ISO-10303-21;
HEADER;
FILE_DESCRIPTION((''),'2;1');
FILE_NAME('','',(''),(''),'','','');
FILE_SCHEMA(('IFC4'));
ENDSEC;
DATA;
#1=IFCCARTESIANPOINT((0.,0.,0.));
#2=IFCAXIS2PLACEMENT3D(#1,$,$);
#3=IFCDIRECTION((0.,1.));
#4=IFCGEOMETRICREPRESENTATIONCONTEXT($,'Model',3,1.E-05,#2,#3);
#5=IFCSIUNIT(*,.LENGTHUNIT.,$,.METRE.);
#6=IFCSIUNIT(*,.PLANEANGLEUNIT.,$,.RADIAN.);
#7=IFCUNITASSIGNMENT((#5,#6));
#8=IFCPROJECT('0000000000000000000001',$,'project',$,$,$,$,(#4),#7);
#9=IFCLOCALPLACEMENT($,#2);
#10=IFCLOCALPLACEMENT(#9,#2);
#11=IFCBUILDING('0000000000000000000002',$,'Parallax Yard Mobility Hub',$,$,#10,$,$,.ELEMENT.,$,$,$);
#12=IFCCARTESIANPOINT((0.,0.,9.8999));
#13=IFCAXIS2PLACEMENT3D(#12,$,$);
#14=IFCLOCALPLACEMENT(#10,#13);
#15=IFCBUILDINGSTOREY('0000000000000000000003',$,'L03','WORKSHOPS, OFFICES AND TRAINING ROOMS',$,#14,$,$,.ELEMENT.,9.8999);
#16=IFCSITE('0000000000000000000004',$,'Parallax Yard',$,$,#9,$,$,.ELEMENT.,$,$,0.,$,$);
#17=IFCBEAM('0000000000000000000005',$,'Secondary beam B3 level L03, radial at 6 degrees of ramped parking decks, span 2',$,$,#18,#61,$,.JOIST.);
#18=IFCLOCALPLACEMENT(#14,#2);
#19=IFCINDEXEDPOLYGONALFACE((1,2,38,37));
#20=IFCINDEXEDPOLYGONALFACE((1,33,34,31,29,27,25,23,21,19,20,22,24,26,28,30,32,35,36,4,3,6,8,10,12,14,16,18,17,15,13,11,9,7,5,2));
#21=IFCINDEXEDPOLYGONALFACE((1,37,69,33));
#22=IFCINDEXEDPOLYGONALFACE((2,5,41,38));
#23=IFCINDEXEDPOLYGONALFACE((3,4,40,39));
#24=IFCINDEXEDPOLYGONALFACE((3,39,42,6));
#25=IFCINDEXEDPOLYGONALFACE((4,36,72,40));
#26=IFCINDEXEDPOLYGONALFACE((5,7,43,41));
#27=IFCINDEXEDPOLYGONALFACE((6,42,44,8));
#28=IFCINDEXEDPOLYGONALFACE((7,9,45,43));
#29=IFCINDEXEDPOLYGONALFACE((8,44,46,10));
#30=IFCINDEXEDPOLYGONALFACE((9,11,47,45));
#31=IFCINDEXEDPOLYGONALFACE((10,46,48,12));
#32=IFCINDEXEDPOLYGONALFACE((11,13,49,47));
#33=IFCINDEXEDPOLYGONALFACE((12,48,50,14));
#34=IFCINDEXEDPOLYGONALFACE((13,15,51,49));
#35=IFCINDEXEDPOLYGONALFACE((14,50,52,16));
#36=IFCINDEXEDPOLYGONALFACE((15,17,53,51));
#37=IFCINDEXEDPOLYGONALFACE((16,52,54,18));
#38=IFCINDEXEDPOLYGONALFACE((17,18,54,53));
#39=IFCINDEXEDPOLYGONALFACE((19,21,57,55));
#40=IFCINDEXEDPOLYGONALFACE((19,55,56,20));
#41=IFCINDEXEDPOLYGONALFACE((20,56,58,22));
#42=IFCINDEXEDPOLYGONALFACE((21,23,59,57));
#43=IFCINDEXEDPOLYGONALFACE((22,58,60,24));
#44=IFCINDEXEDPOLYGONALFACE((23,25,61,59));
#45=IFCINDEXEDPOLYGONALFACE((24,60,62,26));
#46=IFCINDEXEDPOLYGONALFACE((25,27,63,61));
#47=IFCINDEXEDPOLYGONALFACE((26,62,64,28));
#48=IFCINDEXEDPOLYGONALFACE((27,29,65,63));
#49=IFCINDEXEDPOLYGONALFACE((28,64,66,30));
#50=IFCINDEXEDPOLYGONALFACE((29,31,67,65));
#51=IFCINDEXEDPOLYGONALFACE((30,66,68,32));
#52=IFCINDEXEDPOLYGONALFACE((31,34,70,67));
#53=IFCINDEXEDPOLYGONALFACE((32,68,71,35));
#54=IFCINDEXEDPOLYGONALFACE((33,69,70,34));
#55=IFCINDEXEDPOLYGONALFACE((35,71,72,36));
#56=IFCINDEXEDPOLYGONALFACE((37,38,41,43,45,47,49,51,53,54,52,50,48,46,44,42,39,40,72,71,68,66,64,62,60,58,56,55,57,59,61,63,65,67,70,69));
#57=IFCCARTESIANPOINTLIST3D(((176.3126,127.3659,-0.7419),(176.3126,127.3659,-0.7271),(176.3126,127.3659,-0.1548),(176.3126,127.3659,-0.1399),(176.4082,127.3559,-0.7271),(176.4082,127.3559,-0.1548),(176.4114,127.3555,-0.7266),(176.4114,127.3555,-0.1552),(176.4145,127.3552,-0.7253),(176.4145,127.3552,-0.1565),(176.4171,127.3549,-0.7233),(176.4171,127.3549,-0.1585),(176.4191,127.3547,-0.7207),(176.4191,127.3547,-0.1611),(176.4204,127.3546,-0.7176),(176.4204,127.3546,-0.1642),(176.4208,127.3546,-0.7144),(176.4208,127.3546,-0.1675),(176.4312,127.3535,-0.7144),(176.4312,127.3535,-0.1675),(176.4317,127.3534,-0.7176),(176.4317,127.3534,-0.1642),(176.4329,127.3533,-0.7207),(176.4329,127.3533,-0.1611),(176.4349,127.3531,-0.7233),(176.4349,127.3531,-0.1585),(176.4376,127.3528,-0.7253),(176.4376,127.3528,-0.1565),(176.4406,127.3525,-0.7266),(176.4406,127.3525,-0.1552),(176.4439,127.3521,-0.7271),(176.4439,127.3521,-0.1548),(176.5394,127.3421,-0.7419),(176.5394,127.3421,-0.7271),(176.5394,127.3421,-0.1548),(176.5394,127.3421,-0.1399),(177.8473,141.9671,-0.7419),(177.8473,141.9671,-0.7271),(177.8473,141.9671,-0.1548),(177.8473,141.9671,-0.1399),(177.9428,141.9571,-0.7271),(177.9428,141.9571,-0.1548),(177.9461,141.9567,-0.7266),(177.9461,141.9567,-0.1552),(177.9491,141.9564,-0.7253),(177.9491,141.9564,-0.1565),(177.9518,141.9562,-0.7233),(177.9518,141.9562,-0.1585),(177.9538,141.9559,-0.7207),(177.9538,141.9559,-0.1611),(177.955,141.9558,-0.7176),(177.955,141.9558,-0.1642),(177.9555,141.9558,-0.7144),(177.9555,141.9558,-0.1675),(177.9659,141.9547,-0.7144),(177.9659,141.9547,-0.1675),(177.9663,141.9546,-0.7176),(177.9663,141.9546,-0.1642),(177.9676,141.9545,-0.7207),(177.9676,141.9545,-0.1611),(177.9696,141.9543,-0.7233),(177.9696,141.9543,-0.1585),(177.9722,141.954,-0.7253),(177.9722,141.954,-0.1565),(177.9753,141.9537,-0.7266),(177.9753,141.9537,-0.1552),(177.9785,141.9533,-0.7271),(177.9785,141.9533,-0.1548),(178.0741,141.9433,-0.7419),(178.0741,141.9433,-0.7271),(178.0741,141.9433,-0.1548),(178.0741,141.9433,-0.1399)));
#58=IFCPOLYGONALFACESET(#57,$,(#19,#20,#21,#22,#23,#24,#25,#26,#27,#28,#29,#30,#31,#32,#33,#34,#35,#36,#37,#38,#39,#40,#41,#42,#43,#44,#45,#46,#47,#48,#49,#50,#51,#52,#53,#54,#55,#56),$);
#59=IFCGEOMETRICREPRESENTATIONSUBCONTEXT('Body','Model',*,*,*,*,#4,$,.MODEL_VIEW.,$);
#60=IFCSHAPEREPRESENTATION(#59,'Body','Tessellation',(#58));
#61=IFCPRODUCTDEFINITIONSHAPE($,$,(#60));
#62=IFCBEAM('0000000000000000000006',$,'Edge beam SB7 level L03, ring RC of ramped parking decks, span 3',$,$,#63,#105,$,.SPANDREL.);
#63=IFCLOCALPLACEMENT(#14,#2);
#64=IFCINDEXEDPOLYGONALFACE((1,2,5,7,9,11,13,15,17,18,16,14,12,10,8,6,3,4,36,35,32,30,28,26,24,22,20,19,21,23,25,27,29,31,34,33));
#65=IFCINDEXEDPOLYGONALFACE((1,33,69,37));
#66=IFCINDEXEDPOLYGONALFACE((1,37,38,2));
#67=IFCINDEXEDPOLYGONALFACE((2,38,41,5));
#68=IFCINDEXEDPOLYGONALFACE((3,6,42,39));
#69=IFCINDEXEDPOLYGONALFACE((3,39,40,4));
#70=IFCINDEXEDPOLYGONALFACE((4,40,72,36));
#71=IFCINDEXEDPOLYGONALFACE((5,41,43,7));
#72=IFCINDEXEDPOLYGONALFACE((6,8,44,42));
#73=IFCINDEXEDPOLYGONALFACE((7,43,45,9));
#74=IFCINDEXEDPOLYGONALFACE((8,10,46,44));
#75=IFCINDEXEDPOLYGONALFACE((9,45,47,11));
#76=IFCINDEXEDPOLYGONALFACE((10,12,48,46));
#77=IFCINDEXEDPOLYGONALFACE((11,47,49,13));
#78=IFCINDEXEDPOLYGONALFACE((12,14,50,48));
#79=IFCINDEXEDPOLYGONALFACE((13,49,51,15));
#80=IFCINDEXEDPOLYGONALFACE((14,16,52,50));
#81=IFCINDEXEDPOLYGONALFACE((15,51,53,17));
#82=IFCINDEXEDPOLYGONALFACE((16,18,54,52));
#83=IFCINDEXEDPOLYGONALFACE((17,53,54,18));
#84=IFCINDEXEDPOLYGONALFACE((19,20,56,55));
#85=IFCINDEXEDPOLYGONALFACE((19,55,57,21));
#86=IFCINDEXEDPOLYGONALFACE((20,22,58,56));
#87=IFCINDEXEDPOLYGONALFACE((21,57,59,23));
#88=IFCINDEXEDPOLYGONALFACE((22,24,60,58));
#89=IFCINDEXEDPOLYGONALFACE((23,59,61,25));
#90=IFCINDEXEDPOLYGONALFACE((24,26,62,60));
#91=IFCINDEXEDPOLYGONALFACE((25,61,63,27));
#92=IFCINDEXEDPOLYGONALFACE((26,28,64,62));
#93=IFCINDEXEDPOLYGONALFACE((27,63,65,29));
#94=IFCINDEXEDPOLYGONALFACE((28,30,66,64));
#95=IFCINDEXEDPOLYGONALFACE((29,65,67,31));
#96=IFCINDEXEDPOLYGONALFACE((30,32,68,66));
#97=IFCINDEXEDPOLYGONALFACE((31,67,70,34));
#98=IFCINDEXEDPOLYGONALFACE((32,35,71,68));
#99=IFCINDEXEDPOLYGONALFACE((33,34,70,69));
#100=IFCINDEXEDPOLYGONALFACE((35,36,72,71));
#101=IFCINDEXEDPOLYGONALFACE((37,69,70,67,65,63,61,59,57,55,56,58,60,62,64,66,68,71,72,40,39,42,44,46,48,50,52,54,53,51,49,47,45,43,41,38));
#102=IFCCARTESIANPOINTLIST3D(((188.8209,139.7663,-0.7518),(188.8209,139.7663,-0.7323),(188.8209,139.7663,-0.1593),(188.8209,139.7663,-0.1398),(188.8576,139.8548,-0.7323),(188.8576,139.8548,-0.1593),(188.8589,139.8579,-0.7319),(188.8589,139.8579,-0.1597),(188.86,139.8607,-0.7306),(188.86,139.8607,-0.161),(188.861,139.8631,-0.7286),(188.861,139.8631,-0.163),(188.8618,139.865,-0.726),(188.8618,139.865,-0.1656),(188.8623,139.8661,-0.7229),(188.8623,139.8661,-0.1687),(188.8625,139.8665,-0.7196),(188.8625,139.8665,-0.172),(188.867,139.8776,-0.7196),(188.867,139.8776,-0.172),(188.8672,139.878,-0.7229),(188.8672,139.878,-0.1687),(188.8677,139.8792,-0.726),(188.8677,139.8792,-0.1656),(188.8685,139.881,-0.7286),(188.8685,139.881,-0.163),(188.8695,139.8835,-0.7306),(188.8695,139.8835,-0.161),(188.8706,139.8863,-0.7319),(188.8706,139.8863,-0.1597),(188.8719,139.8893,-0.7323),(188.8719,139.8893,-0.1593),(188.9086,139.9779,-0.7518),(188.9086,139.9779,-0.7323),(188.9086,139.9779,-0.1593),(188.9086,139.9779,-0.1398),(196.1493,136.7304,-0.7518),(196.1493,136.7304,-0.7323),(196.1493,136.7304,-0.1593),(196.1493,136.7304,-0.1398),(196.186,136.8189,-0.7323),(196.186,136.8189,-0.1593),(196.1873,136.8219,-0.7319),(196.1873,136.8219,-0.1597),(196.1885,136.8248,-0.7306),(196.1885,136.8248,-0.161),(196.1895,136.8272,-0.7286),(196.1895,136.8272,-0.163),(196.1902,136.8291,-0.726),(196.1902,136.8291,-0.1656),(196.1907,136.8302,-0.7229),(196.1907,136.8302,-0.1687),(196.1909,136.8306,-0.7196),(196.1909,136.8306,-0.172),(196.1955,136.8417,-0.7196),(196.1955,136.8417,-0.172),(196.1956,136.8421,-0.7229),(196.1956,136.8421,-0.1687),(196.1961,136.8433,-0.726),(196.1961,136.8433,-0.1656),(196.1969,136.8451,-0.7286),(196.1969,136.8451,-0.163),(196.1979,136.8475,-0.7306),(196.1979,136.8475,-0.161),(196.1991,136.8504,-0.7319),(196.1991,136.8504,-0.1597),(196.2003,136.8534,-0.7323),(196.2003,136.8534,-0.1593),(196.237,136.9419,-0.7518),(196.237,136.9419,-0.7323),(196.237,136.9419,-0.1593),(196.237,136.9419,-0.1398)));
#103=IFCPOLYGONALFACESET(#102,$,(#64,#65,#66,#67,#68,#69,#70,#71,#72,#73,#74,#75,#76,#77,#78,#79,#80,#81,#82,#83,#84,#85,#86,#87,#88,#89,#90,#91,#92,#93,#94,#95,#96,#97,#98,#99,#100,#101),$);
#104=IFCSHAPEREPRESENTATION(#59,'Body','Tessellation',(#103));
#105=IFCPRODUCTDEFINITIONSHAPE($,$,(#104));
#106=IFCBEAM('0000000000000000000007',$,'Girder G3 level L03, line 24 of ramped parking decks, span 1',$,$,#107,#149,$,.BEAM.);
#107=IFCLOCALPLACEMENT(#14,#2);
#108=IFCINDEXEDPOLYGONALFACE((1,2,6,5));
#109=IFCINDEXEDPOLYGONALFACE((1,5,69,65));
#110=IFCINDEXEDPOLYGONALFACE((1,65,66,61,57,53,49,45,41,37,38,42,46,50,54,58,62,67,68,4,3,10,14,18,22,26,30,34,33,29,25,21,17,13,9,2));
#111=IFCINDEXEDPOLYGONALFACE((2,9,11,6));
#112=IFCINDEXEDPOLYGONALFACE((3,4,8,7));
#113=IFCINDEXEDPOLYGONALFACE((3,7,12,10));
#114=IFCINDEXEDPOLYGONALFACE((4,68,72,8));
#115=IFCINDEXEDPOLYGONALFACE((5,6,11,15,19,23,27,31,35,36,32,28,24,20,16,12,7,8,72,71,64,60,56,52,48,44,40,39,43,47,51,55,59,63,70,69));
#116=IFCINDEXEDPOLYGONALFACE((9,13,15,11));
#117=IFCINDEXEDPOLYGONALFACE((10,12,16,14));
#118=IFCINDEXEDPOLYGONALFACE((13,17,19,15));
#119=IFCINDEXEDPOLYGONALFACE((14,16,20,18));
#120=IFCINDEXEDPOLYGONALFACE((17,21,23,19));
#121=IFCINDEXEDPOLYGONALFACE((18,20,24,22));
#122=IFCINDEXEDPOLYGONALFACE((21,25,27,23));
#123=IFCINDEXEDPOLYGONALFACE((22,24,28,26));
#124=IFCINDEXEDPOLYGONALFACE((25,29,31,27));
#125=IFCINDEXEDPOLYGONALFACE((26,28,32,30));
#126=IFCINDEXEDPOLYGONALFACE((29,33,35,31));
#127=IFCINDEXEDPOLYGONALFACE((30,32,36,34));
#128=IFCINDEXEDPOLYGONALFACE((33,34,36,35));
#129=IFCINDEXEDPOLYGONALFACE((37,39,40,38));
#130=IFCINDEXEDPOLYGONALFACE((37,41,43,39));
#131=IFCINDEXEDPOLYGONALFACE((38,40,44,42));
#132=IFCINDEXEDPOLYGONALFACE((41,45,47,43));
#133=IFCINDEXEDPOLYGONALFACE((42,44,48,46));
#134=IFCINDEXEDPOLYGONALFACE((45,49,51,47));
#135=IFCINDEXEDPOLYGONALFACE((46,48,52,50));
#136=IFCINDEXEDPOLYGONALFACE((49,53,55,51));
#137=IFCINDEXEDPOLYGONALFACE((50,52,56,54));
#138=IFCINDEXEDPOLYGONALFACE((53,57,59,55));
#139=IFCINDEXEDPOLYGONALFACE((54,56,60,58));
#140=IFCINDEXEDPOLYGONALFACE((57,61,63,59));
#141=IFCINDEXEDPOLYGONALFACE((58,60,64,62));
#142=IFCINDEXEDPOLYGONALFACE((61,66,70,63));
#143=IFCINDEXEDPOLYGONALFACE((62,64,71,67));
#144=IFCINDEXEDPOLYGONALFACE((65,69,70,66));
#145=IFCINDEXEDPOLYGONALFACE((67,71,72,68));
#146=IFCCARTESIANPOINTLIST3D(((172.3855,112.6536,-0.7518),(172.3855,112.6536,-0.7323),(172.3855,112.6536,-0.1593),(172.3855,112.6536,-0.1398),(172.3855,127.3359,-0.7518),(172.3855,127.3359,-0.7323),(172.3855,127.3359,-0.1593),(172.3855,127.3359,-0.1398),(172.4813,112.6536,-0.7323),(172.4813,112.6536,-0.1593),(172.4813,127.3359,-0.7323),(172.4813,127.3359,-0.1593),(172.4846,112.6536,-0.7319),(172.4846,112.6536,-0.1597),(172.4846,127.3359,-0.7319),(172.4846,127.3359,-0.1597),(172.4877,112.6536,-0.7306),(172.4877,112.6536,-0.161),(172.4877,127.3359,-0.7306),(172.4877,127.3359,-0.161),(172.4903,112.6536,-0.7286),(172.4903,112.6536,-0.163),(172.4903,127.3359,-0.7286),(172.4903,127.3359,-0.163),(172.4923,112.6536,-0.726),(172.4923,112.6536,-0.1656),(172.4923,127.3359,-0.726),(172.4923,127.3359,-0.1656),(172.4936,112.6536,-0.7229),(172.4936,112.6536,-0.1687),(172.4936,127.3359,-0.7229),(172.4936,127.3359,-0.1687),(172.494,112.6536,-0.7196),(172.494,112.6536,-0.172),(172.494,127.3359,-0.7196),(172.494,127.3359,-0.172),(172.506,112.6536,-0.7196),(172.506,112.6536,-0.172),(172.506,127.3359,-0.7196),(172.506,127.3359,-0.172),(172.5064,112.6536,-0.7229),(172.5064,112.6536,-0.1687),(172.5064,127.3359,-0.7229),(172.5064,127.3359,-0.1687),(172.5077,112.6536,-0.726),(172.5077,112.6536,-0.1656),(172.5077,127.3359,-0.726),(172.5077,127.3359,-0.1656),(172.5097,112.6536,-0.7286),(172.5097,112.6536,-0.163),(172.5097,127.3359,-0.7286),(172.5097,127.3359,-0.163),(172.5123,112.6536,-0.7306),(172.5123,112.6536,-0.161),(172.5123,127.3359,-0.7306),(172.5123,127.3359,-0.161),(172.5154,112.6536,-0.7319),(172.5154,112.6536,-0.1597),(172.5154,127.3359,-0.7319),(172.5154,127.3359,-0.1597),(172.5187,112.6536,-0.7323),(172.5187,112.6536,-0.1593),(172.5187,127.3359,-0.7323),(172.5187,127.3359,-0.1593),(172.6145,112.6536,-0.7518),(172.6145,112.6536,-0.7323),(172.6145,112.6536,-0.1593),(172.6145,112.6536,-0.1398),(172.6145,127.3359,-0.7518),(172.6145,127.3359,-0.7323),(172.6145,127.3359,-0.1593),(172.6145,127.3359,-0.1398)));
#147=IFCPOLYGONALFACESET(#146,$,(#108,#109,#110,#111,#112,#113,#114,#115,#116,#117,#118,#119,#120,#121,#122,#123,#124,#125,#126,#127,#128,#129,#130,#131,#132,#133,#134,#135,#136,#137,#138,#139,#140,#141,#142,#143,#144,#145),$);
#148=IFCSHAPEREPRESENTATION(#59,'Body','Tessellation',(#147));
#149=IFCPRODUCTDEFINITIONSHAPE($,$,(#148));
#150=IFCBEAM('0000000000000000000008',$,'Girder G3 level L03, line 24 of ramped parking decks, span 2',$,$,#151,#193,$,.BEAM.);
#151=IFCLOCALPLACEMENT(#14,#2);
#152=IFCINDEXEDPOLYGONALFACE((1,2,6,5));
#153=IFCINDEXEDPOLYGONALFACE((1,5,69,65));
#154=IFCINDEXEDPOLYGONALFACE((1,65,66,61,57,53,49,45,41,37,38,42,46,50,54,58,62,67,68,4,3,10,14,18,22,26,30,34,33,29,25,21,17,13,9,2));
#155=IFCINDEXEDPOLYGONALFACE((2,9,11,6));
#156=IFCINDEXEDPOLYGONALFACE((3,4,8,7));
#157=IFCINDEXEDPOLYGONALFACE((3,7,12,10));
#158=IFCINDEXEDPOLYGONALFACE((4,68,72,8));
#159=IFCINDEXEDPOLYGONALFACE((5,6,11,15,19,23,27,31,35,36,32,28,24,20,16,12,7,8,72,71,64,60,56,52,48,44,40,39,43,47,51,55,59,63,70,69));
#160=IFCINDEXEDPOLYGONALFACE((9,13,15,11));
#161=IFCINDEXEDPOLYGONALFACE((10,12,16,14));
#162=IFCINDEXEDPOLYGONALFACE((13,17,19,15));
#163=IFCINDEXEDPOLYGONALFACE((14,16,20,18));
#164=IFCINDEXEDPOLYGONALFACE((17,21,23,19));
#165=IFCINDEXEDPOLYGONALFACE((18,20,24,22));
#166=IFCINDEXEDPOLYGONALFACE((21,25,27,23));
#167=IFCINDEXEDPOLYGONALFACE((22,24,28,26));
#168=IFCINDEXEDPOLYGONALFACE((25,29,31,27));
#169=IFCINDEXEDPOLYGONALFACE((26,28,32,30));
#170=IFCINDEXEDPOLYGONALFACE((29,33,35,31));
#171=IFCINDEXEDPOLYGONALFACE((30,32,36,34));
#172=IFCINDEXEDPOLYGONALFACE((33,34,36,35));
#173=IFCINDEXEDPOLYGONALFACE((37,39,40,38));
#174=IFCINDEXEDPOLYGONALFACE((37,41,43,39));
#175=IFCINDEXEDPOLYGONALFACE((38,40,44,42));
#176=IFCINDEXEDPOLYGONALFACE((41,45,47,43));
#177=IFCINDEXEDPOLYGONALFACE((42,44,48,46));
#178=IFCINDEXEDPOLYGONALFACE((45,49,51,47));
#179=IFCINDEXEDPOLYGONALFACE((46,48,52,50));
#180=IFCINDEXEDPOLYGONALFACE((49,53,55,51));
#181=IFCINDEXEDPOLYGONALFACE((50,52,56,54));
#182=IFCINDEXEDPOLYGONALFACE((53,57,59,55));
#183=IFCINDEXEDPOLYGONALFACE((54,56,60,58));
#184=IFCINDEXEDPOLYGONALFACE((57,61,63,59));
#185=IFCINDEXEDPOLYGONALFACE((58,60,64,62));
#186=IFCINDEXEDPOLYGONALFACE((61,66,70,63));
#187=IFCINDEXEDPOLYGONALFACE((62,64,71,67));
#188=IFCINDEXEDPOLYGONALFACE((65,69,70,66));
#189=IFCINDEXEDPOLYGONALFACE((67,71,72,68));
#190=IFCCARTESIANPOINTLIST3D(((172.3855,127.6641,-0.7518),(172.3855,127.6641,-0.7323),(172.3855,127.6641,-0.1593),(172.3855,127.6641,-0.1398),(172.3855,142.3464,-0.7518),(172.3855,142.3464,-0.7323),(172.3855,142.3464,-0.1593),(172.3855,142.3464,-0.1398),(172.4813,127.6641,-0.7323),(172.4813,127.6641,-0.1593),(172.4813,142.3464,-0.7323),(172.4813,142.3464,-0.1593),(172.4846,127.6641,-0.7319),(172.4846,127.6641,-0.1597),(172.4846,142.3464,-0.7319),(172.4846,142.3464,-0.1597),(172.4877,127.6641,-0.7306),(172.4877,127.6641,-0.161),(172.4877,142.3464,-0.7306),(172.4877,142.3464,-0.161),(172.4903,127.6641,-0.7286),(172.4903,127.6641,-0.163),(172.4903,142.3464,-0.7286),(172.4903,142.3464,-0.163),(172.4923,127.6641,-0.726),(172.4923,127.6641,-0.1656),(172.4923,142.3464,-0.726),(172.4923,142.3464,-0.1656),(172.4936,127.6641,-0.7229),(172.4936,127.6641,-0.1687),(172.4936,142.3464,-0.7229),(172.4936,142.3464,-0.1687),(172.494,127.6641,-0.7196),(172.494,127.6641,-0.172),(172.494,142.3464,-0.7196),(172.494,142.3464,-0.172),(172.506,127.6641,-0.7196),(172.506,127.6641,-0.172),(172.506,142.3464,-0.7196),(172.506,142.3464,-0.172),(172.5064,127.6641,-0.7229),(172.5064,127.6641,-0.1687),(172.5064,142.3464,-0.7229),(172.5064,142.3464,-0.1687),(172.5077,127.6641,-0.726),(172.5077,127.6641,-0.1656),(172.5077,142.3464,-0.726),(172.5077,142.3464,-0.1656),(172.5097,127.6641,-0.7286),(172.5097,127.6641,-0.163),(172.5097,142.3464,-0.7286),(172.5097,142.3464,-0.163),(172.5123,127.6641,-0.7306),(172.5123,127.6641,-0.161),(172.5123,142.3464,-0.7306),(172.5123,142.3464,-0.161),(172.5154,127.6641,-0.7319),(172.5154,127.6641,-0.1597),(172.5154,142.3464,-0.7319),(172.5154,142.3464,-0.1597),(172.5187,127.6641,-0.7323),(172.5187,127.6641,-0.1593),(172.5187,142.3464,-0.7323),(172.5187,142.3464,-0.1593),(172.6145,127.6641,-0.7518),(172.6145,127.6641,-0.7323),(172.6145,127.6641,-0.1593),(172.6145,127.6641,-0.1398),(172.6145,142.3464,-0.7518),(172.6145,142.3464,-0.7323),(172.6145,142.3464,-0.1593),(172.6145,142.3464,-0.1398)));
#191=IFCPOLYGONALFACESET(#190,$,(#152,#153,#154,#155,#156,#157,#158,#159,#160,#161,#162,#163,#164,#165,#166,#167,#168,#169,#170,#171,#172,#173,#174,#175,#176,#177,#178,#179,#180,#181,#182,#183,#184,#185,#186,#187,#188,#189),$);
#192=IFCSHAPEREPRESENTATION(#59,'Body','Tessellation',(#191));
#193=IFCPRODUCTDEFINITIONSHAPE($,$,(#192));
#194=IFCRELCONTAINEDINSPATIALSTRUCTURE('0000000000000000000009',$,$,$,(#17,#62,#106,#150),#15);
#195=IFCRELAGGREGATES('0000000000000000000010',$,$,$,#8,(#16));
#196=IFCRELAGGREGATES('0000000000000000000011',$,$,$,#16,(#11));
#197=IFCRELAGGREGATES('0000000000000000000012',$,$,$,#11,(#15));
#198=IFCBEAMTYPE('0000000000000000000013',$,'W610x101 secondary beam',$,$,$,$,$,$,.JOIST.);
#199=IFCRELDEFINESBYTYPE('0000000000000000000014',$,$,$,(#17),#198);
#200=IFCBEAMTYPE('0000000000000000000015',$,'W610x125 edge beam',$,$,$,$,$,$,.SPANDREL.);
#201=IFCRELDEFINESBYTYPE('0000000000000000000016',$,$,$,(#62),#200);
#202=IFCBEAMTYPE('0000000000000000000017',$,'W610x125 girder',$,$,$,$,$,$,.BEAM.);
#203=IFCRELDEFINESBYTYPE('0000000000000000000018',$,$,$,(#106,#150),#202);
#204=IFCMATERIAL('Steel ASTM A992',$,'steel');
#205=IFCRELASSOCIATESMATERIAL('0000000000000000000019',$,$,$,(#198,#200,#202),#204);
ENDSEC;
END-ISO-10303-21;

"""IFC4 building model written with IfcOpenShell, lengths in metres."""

from ifc_helpers import new_model, si_unit, direction, frame, origin, origin_2d, place, context, subcontext, project, spatial, i_section, extrude, material, material_profile, profile_set, type_object, element, save


model = new_model("IFC4")

# Units and contexts
model_context = context("Model", 3, precision=1e-05, world=origin(), true_north=direction((0.0, 1.0)))
body_context = subcontext(model_context, "Body", "Model", "MODEL_VIEW")
ifc_project = project(units=[si_unit("LENGTHUNIT", "METRE"), si_unit("PLANEANGLEUNIT", "RADIAN")], contexts=[model_context])

# Site, building, storey
site_placement = place(None, origin())
site = spatial("IfcSite", under=ifc_project, at=site_placement, Name="Parallax Yard", CompositionType="ELEMENT", RefElevation=0.0)
building_placement = place(site_placement, origin())
building = spatial("IfcBuilding", under=site, at=building_placement, Name="Parallax Yard Mobility Hub", CompositionType="ELEMENT")
storey_placement = place(building_placement, frame((0.0, 0.0, 9.8999)))
storey = spatial("IfcBuildingStorey", under=building, at=storey_placement, Name="L03", Description="WORKSHOPS, OFFICES AND TRAINING ROOMS", CompositionType="ELEMENT", Elevation=9.8999)

# Shared definitions
ifc_material_1 = material(Name="Steel ASTM A992", Category="steel")

# Beams
ifc_material_profile_1 = material_profile(ifc_material_1, i_section(OverallWidth=0.228, OverallDepth=0.6021, WebThickness=0.0105, FlangeThickness=0.0149, FilletRadius=0.0127, at=origin_2d()), Name="W610x101")
ifc_profile_set_1 = profile_set([ifc_material_profile_1], Name="Steel ASTM A992")
beam_type_1 = type_object("IfcBeamType", Name="W610x101 secondary beam", PredefinedType="JOIST", material=ifc_profile_set_1)
for number, where, z_axis, x_axis, name in (
    (1, (176.426, 127.354, -0.4409), (0.104529, 0.994522, 0.0), (-0.994522, 0.104529, 0.0), "Secondary beam B3 level L03, radial at 6 degrees of ramped parking decks, span 2"),
):
    element("IfcBeam", number, at=place(storey_placement, frame(where, z_axis=z_axis, x_axis=x_axis)), inside=storey, type_object=beam_type_1, Name=name, PredefinedType="JOIST", context=body_context, shape_type="SweptSolid", body=[
        extrude(i_section(OverallWidth=0.228, OverallDepth=0.6021, WebThickness=0.0105, FlangeThickness=0.0149, FilletRadius=0.0127, at=origin_2d()), origin(), (0.0, 0.0, 1.0), 14.6816),
    ])
ifc_material_profile_2 = material_profile(ifc_material_1, i_section(OverallWidth=0.229, OverallDepth=0.6121, WebThickness=0.012, FlangeThickness=0.0195, FilletRadius=0.0127, at=origin_2d()), Name="W610x125")
ifc_profile_set_2 = profile_set([ifc_material_profile_2], Name="Steel ASTM A992")
beam_type_2 = type_object("IfcBeamType", Name="W610x125 edge beam", PredefinedType="SPANDREL", material=ifc_profile_set_2)
beam_1_placement = place(storey_placement, frame((188.8647, 139.8721, -0.4458), z_axis=(0.923863, -0.382724, 0.0), x_axis=(0.382724, 0.923863, 0.0)))
element("IfcBeam", 2, at=beam_1_placement, inside=storey, type_object=beam_type_2, Name="Edge beam SB7 level L03, ring RC of ramped parking decks, span 3", PredefinedType="SPANDREL", context=body_context, shape_type="SweptSolid", body=[
    extrude(i_section(OverallWidth=0.229, OverallDepth=0.6121, WebThickness=0.012, FlangeThickness=0.0195, FilletRadius=0.0127, at=origin_2d()), origin(), (0.0, 0.0, 1.0), 7.9324),
])
ifc_material_profile_3 = material_profile(ifc_material_1, i_section(OverallWidth=0.229, OverallDepth=0.6121, WebThickness=0.012, FlangeThickness=0.0195, FilletRadius=0.0127, at=origin_2d()), Name="W610x125")
ifc_profile_set_3 = profile_set([ifc_material_profile_3], Name="Steel ASTM A992")
beam_type_3 = type_object("IfcBeamType", Name="W610x125 girder", PredefinedType="BEAM", material=ifc_profile_set_3)
for number, where, z_axis, x_axis, name in (
    (3, (172.5, 112.6536, -0.4458), (0.0, 1.0, 0.0), (-1.0, 0.0, 0.0), "Girder G3 level L03, line 24 of ramped parking decks, span 1"),
    (4, (172.5, 127.6641, -0.4458), (0.0, 1.0, 0.0), (-1.0, 0.0, 0.0), "Girder G3 level L03, line 24 of ramped parking decks, span 2"),
):
    element("IfcBeam", number, at=place(storey_placement, frame(where, z_axis=z_axis, x_axis=x_axis)), inside=storey, type_object=beam_type_3, Name=name, PredefinedType="BEAM", context=body_context, shape_type="SweptSolid", body=[
        extrude(i_section(OverallWidth=0.229, OverallDepth=0.6121, WebThickness=0.012, FlangeThickness=0.0195, FilletRadius=0.0127, at=origin_2d()), origin(), (0.0, 0.0, 1.0), 14.6824),
    ])

save(model, "model.ifc")
